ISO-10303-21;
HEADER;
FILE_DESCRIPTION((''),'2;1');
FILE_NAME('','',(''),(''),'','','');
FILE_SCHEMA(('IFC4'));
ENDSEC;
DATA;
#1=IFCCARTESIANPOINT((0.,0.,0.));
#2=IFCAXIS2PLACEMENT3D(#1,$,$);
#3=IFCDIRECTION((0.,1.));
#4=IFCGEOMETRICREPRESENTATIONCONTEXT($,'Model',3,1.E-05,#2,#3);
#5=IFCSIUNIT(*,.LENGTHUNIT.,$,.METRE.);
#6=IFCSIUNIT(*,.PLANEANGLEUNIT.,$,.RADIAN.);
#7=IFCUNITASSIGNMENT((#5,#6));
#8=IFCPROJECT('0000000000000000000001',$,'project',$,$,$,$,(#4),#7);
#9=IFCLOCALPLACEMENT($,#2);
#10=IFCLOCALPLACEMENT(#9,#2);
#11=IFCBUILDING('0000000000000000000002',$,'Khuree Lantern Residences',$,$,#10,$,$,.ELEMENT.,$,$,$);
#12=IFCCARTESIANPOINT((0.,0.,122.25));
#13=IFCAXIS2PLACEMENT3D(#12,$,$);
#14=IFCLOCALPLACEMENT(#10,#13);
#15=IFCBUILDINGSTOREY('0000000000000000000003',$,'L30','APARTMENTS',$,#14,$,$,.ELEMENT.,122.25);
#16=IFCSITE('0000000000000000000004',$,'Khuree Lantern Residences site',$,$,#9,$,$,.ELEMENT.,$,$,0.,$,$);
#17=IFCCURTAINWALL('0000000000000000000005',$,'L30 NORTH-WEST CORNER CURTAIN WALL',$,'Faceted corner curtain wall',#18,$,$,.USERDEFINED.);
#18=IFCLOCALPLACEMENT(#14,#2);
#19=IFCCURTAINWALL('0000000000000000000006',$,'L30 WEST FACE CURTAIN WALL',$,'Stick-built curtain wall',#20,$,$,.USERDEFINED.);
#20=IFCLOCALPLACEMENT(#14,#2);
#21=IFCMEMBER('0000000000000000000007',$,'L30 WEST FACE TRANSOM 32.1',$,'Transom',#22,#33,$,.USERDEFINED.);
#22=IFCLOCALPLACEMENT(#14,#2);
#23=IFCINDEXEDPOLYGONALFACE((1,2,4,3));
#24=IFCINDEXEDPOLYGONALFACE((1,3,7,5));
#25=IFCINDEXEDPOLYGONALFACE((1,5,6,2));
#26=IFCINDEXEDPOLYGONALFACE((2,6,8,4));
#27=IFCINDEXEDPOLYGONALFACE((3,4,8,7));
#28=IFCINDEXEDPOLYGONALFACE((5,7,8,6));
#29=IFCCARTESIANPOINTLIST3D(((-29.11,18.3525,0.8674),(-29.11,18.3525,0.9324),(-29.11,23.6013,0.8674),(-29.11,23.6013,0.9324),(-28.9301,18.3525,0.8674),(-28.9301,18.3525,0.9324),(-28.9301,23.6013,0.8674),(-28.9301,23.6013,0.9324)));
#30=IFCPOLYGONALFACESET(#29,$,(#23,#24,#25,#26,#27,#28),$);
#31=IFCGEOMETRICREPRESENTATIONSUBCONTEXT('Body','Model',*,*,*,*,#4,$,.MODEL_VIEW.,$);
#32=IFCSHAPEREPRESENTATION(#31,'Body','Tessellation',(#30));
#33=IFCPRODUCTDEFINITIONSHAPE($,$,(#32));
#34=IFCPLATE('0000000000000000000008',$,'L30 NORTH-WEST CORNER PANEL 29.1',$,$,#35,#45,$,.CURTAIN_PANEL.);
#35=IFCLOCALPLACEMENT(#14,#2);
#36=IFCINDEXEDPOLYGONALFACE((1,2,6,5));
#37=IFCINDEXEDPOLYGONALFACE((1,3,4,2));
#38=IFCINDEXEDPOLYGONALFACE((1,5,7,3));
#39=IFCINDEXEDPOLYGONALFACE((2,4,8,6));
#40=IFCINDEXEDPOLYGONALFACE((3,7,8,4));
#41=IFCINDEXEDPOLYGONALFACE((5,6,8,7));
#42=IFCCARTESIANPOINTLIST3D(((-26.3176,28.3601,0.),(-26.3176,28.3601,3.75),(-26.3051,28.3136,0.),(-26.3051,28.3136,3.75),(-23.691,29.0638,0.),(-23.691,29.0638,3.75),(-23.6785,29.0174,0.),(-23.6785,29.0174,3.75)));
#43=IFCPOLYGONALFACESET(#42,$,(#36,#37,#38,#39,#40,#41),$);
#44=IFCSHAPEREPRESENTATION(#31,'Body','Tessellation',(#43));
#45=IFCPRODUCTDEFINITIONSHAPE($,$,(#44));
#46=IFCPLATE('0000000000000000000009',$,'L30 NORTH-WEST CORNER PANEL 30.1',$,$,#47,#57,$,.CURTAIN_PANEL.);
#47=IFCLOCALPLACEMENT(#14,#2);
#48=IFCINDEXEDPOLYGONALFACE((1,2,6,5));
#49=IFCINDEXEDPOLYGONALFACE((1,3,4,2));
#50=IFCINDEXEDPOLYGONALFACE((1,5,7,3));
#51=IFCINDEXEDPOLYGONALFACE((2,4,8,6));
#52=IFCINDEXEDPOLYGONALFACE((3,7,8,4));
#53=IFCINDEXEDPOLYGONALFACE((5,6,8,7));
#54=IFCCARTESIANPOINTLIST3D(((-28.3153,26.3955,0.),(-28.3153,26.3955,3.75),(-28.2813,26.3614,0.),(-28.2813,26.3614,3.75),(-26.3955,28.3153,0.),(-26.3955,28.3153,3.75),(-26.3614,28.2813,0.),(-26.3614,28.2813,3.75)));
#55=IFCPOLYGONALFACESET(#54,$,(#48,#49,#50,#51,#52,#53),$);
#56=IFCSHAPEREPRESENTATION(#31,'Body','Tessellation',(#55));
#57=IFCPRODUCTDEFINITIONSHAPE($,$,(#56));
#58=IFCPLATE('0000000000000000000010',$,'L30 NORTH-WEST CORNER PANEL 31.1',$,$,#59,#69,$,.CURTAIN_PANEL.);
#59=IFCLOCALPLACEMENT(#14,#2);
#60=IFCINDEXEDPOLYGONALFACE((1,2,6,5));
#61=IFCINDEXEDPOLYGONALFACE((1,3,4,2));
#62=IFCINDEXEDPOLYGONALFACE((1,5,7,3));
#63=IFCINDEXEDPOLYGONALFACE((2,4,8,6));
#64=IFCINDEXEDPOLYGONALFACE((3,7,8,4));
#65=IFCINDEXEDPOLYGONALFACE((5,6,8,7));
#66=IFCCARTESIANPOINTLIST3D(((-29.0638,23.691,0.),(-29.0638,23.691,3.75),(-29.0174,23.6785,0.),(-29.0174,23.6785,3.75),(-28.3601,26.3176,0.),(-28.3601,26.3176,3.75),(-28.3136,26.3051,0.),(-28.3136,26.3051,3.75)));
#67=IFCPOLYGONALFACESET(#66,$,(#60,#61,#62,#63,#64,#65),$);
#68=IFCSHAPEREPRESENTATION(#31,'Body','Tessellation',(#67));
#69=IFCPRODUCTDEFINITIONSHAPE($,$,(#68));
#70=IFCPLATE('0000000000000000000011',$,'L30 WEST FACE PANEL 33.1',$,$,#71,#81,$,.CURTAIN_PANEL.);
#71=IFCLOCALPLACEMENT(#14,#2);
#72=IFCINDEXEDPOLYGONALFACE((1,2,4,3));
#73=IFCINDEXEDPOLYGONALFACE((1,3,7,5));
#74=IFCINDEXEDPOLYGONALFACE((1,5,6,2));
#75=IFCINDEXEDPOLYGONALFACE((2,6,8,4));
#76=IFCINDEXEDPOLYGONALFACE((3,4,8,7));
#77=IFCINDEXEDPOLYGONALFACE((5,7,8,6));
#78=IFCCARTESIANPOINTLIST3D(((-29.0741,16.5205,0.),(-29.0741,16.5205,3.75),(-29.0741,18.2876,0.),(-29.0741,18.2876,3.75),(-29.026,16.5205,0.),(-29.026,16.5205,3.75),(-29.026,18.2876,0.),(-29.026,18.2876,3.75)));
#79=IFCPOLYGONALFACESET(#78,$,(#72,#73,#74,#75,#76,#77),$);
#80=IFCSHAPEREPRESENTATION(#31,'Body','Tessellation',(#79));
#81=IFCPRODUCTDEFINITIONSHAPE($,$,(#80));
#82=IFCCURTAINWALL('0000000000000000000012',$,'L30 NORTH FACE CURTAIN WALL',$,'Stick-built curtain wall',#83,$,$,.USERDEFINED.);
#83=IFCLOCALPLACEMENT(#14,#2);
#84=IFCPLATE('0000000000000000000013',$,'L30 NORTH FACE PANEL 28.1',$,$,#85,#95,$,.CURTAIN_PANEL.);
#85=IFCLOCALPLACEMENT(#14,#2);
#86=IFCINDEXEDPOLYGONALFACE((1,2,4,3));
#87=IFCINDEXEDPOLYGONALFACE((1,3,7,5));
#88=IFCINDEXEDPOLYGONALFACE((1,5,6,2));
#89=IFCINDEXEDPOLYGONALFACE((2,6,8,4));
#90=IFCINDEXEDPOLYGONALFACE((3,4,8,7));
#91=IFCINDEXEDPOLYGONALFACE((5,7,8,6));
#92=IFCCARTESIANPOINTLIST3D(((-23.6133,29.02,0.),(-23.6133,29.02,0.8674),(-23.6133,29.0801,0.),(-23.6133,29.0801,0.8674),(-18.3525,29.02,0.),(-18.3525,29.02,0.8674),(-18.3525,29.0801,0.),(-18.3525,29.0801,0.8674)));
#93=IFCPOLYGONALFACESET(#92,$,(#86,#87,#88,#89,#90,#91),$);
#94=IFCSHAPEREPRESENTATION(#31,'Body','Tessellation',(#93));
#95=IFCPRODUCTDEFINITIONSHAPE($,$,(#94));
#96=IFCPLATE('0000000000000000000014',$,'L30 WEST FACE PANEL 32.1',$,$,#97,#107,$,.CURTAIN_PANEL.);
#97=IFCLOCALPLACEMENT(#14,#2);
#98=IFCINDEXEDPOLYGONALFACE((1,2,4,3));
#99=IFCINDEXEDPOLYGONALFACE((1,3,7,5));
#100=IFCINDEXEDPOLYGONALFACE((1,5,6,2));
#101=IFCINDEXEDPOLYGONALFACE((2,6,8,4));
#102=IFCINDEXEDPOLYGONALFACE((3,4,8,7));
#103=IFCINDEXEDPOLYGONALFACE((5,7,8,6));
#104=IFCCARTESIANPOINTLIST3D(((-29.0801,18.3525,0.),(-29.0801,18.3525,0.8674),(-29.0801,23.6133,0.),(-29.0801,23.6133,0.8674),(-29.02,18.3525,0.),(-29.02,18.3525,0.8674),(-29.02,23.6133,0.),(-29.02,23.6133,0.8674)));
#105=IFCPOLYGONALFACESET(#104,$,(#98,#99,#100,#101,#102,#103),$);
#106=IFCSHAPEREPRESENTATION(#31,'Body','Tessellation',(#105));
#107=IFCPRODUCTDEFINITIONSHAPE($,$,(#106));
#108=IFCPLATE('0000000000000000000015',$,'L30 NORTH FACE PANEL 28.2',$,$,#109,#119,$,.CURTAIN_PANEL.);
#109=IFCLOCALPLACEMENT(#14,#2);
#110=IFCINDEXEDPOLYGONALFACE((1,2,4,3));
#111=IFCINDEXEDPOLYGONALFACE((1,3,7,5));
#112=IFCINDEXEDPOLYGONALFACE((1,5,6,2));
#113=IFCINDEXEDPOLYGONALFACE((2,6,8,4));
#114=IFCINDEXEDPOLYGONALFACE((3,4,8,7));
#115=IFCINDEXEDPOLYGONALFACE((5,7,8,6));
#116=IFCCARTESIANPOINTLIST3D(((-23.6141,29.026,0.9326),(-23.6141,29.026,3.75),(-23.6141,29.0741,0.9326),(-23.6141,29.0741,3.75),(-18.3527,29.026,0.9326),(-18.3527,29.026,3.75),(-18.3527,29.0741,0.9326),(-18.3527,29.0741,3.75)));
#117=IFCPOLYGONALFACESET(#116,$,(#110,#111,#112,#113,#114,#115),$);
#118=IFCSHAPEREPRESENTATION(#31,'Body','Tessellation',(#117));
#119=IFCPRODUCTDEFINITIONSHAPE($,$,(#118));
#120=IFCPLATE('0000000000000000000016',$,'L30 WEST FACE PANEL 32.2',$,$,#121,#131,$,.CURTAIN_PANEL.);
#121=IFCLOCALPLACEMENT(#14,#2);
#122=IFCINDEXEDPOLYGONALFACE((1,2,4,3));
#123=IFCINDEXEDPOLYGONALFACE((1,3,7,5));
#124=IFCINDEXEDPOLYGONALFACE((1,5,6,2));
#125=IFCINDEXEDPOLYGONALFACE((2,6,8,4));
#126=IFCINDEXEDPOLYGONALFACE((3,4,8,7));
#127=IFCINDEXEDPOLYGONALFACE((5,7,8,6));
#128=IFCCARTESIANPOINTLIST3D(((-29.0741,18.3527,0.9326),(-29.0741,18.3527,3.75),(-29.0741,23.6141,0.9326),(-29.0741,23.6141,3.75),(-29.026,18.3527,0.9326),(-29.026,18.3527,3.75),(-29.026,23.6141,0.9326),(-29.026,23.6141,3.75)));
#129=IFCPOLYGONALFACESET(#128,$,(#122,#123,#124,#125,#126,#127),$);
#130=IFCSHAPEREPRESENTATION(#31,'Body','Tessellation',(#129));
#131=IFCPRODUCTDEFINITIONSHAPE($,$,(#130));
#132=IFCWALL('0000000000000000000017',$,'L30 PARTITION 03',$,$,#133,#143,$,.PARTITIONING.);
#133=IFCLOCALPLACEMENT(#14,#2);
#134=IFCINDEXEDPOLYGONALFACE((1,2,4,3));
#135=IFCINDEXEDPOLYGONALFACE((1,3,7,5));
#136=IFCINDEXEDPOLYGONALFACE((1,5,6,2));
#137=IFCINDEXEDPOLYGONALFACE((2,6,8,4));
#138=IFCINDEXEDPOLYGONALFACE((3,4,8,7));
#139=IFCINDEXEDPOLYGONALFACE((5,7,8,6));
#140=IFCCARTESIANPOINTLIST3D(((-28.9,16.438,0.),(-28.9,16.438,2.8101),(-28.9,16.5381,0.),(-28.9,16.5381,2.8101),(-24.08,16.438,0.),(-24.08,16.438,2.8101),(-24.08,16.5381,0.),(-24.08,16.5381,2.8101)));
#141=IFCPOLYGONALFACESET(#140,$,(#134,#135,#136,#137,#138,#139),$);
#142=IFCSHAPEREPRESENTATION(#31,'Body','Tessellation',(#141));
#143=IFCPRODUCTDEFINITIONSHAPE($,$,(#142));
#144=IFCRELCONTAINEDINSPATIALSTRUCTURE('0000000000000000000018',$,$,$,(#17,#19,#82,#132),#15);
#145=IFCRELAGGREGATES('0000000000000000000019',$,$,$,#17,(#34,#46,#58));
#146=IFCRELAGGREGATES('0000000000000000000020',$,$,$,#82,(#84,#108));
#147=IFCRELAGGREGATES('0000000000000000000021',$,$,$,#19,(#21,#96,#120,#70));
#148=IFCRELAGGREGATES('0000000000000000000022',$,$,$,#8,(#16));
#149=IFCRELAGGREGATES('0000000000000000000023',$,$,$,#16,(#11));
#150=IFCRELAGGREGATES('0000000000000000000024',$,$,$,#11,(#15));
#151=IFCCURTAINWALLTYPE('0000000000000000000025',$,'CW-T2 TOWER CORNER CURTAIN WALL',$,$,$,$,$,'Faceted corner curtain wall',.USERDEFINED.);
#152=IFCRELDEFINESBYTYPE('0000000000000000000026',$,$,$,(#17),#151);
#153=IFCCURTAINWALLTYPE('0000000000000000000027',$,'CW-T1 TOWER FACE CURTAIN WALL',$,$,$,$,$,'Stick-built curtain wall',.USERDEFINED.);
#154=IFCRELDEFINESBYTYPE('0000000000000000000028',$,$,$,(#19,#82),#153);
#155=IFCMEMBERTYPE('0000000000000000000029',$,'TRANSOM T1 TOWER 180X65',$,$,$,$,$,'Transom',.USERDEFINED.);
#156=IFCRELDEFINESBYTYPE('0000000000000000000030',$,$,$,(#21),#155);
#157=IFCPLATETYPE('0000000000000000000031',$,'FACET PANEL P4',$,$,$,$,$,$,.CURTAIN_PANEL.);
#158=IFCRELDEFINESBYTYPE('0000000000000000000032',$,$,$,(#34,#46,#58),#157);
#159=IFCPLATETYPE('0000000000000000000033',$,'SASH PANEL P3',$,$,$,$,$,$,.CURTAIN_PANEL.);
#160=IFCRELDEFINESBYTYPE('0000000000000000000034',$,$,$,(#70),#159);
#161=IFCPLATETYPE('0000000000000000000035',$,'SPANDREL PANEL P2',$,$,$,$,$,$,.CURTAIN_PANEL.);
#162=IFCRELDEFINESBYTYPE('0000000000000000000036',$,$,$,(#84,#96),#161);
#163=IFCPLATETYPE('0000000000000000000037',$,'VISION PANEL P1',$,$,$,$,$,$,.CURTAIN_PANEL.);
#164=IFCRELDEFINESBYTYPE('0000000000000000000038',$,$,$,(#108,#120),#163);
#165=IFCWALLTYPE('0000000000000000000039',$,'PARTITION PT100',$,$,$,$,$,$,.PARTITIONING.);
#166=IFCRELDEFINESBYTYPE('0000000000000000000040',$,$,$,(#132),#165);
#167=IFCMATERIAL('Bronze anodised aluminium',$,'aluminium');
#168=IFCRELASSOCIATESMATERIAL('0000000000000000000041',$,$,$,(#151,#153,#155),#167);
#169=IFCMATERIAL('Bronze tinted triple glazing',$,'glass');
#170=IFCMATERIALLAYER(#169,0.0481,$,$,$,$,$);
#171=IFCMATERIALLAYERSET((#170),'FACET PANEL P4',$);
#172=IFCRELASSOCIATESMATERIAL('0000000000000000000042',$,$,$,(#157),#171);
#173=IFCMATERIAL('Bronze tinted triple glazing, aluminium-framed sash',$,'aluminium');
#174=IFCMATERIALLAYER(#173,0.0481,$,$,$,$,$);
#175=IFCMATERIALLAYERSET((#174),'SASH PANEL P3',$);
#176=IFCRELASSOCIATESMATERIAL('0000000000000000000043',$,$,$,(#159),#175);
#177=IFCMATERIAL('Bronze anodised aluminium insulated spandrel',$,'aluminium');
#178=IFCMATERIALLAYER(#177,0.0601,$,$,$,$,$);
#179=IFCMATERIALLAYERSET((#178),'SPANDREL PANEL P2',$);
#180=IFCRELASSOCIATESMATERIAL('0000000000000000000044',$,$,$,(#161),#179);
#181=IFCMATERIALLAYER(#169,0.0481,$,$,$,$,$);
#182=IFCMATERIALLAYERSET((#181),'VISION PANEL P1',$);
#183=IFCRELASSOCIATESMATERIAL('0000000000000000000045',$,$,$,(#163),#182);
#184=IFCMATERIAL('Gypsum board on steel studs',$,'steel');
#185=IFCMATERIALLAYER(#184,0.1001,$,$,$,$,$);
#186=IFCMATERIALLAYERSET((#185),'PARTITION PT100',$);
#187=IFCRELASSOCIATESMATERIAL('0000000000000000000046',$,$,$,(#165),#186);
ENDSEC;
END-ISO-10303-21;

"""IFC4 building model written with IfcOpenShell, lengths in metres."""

from ifc_helpers import new_model, si_unit, direction, frame, frame_2d, origin, origin_2d, place, context, subcontext, project, spatial, rectangle, extrude, material, layer, layer_set, material_profile, profile_set, type_object, element, aggregate, save


model = new_model("IFC4")

# Units and contexts
model_context = context("Model", 3, precision=1e-05, world=origin(), true_north=direction((0.0, 1.0)))
body_context = subcontext(model_context, "Body", "Model", "MODEL_VIEW")
ifc_project = project(units=[si_unit("LENGTHUNIT", "METRE"), si_unit("PLANEANGLEUNIT", "RADIAN")], contexts=[model_context])

# Site, building, storey
site_placement = place(None, origin())
site = spatial("IfcSite", under=ifc_project, at=site_placement, Name="Khuree Lantern Residences site", CompositionType="ELEMENT", RefElevation=0.0)
building_placement = place(site_placement, origin())
building = spatial("IfcBuilding", under=site, at=building_placement, Name="Khuree Lantern Residences", CompositionType="ELEMENT")
storey_placement = place(building_placement, frame((0.0, 0.0, 122.25)))
storey = spatial("IfcBuildingStorey", under=building, at=storey_placement, Name="L30", Description="APARTMENTS", CompositionType="ELEMENT", Elevation=122.25)

# Curtain wall
ifc_material_1 = material(Name="Bronze anodised aluminium", Category="aluminium")
curtain_wall_type_1 = type_object("IfcCurtainWallType", Name="CW-T2 TOWER CORNER CURTAIN WALL", ElementType="Faceted corner curtain wall", PredefinedType="USERDEFINED", material=ifc_material_1)
curtain_wall_1_placement = place(storey_placement, origin())
curtain_wall_1 = element("IfcCurtainWall", 1, at=curtain_wall_1_placement, inside=storey, type_object=curtain_wall_type_1, Name="L30 NORTH-WEST CORNER CURTAIN WALL", ObjectType="Faceted corner curtain wall", PredefinedType="USERDEFINED")

# Curtain wall, member
curtain_wall_type_2 = type_object("IfcCurtainWallType", Name="CW-T1 TOWER FACE CURTAIN WALL", ElementType="Stick-built curtain wall", PredefinedType="USERDEFINED", material=ifc_material_1)
curtain_wall_2_placement = place(storey_placement, origin())
curtain_wall_2 = element("IfcCurtainWall", 2, at=curtain_wall_2_placement, inside=storey, type_object=curtain_wall_type_2, Name="L30 WEST FACE CURTAIN WALL", ObjectType="Stick-built curtain wall", PredefinedType="USERDEFINED")
ifc_material_profile_1 = material_profile(ifc_material_1, rectangle(XDim=0.1799, YDim=0.0649, at=origin_2d()), Name="T1 180X65")
ifc_profile_set_1 = profile_set([ifc_material_profile_1], Name="Bronze anodised aluminium")
member_type_1 = type_object("IfcMemberType", Name="TRANSOM T1 TOWER 180X65", ElementType="Transom", PredefinedType="USERDEFINED", material=ifc_profile_set_1)
member_1_placement = place(storey_placement, frame((-29.02, 23.6013, 0.8999), z_axis=(0.0, -1.0, 0.0), x_axis=(1.0, 0.0, 0.0)))
member_1 = element("IfcMember", 3, at=member_1_placement, type_object=member_type_1, Name="L30 WEST FACE TRANSOM 32.1", ObjectType="Transom", PredefinedType="USERDEFINED", context=body_context, shape_type="SweptSolid", body=[
    extrude(rectangle(XDim=0.1799, YDim=0.0649, at=origin_2d()), origin(), (0.0, 0.0, 1.0), 5.2488),
])

# Plates
ifc_material_2 = material(Name="Bronze tinted triple glazing", Category="glass")
ifc_layer_1 = layer(ifc_material_2, 0.0481)
ifc_layer_set_1 = layer_set([ifc_layer_1], Name="FACET PANEL P4")
plate_type_1 = type_object("IfcPlateType", Name="FACET PANEL P4", PredefinedType="CURTAIN_PANEL", material=ifc_layer_set_1)
plate_1_placement = place(storey_placement, frame((-24.998, 28.6887, 0.0), z_axis=(0.0, 0.0, 1.0), x_axis=(-0.965926, -0.258819, 0.0)))
plate_1 = element("IfcPlate", 4, at=plate_1_placement, type_object=plate_type_1, Name="L30 NORTH-WEST CORNER PANEL 29.1", PredefinedType="CURTAIN_PANEL", context=body_context, shape_type="SweptSolid", body=[
    extrude(rectangle(XDim=2.7192, YDim=0.0481, at=origin_2d()), origin(), (0.0, 0.0, 1.0), 3.75),
])
plate_2_placement = place(storey_placement, frame((-27.3384, 27.3384, 0.0), z_axis=(0.0, 0.0, 1.0), x_axis=(-0.707107, -0.707107, 0.0)))
plate_2 = element("IfcPlate", 5, at=plate_2_placement, type_object=plate_type_1, Name="L30 NORTH-WEST CORNER PANEL 30.1", PredefinedType="CURTAIN_PANEL", context=body_context, shape_type="SweptSolid", body=[
    extrude(rectangle(XDim=2.7151, YDim=0.0481, at=origin_2d()), origin(), (0.0, 0.0, 1.0), 3.75),
])
plate_3_placement = place(storey_placement, frame((-28.6887, 24.998, 0.0), z_axis=(0.0, 0.0, 1.0), x_axis=(-0.258819, -0.965926, 0.0)))
plate_3 = element("IfcPlate", 6, at=plate_3_placement, type_object=plate_type_1, Name="L30 NORTH-WEST CORNER PANEL 31.1", PredefinedType="CURTAIN_PANEL", context=body_context, shape_type="SweptSolid", body=[
    extrude(rectangle(XDim=2.7192, YDim=0.0481, at=origin_2d()), origin(), (0.0, 0.0, 1.0), 3.75),
])
aggregate(curtain_wall_1, [plate_1, plate_2, plate_3])
ifc_material_3 = material(Name="Bronze tinted triple glazing, aluminium-framed sash", Category="aluminium")
ifc_layer_2 = layer(ifc_material_3, 0.0481)
ifc_layer_set_2 = layer_set([ifc_layer_2], Name="SASH PANEL P3")
plate_type_2 = type_object("IfcPlateType", Name="SASH PANEL P3", PredefinedType="CURTAIN_PANEL", material=ifc_layer_set_2)
plate_4_placement = place(storey_placement, frame((-29.05, 17.4041, 0.0), z_axis=(0.0, 0.0, 1.0), x_axis=(0.0, -1.0, 0.0)))
plate_4 = element("IfcPlate", 7, at=plate_4_placement, type_object=plate_type_2, Name="L30 WEST FACE PANEL 33.1", PredefinedType="CURTAIN_PANEL", context=body_context, shape_type="SweptSolid", body=[
    extrude(rectangle(XDim=1.7671, YDim=0.0481, at=origin_2d()), origin(), (0.0, 0.0, 1.0), 3.75),
])

# Curtain wall, plate
curtain_wall_3_placement = place(storey_placement, origin())
curtain_wall_3 = element("IfcCurtainWall", 8, at=curtain_wall_3_placement, inside=storey, type_object=curtain_wall_type_2, Name="L30 NORTH FACE CURTAIN WALL", ObjectType="Stick-built curtain wall", PredefinedType="USERDEFINED")
ifc_material_4 = material(Name="Bronze anodised aluminium insulated spandrel", Category="aluminium")
ifc_layer_3 = layer(ifc_material_4, 0.0601)
ifc_layer_set_3 = layer_set([ifc_layer_3], Name="SPANDREL PANEL P2")
plate_type_3 = type_object("IfcPlateType", Name="SPANDREL PANEL P2", PredefinedType="CURTAIN_PANEL", material=ifc_layer_set_3)
plate_5_placement = place(storey_placement, frame((-20.9829, 29.05, 0.0), z_axis=(0.0, 0.0, 1.0), x_axis=(-1.0, 0.0, 0.0)))
plate_5 = element("IfcPlate", 9, at=plate_5_placement, type_object=plate_type_3, Name="L30 NORTH FACE PANEL 28.1", PredefinedType="CURTAIN_PANEL", context=body_context, shape_type="SweptSolid", body=[
    extrude(rectangle(XDim=5.2607, YDim=0.0601, at=origin_2d()), origin(), (0.0, 0.0, 1.0), 0.8674),
])

# Plates
plate_6_placement = place(storey_placement, frame((-29.05, 20.9829, 0.0), z_axis=(0.0, 0.0, 1.0), x_axis=(0.0, -1.0, 0.0)))
plate_6 = element("IfcPlate", 10, at=plate_6_placement, type_object=plate_type_3, Name="L30 WEST FACE PANEL 32.1", PredefinedType="CURTAIN_PANEL", context=body_context, shape_type="SweptSolid", body=[
    extrude(rectangle(XDim=5.2607, YDim=0.0601, at=origin_2d()), origin(), (0.0, 0.0, 1.0), 0.8674),
])
ifc_layer_4 = layer(ifc_material_2, 0.0481)
ifc_layer_set_4 = layer_set([ifc_layer_4], Name="VISION PANEL P1")
plate_type_4 = type_object("IfcPlateType", Name="VISION PANEL P1", PredefinedType="CURTAIN_PANEL", material=ifc_layer_set_4)
plate_7_placement = place(storey_placement, frame((-20.9834, 29.05, 0.9326), z_axis=(0.0, 0.0, 1.0), x_axis=(-1.0, 0.0, 0.0)))
plate_7 = element("IfcPlate", 11, at=plate_7_placement, type_object=plate_type_4, Name="L30 NORTH FACE PANEL 28.2", PredefinedType="CURTAIN_PANEL", context=body_context, shape_type="SweptSolid", body=[
    extrude(rectangle(XDim=5.2615, YDim=0.0481, at=origin_2d()), origin(), (0.0, 0.0, 1.0), 2.8174),
])
aggregate(curtain_wall_3, [plate_5, plate_7])
plate_8_placement = place(storey_placement, frame((-29.05, 20.9834, 0.9326), z_axis=(0.0, 0.0, 1.0), x_axis=(0.0, -1.0, 0.0)))
plate_8 = element("IfcPlate", 12, at=plate_8_placement, type_object=plate_type_4, Name="L30 WEST FACE PANEL 32.2", PredefinedType="CURTAIN_PANEL", context=body_context, shape_type="SweptSolid", body=[
    extrude(rectangle(XDim=5.2615, YDim=0.0481, at=origin_2d()), origin(), (0.0, 0.0, 1.0), 2.8174),
])
aggregate(curtain_wall_2, [member_1, plate_6, plate_8, plate_4])

# Wall
ifc_material_5 = material(Name="Gypsum board on steel studs", Category="steel")
ifc_layer_5 = layer(ifc_material_5, 0.1001)
ifc_layer_set_5 = layer_set([ifc_layer_5], Name="PARTITION PT100")
wall_type = type_object("IfcWallType", Name="PARTITION PT100", PredefinedType="PARTITIONING", material=ifc_layer_set_5)
wall_placement = place(storey_placement, frame((-24.0798, 16.488, 0.0), z_axis=(0.0, 0.0, 1.0), x_axis=(-1.0, 0.0, 0.0)))
element("IfcWall", 13, at=wall_placement, inside=storey, type_object=wall_type, Name="L30 PARTITION 03", PredefinedType="PARTITIONING", context=body_context, shape_type="SweptSolid", body=[
    extrude(rectangle(XDim=4.8201, YDim=0.1001, at=frame_2d((2.4102, 0.0))), origin(), (0.0, 0.0, 1.0), 2.8101),
])

save(model, "model.ifc")
